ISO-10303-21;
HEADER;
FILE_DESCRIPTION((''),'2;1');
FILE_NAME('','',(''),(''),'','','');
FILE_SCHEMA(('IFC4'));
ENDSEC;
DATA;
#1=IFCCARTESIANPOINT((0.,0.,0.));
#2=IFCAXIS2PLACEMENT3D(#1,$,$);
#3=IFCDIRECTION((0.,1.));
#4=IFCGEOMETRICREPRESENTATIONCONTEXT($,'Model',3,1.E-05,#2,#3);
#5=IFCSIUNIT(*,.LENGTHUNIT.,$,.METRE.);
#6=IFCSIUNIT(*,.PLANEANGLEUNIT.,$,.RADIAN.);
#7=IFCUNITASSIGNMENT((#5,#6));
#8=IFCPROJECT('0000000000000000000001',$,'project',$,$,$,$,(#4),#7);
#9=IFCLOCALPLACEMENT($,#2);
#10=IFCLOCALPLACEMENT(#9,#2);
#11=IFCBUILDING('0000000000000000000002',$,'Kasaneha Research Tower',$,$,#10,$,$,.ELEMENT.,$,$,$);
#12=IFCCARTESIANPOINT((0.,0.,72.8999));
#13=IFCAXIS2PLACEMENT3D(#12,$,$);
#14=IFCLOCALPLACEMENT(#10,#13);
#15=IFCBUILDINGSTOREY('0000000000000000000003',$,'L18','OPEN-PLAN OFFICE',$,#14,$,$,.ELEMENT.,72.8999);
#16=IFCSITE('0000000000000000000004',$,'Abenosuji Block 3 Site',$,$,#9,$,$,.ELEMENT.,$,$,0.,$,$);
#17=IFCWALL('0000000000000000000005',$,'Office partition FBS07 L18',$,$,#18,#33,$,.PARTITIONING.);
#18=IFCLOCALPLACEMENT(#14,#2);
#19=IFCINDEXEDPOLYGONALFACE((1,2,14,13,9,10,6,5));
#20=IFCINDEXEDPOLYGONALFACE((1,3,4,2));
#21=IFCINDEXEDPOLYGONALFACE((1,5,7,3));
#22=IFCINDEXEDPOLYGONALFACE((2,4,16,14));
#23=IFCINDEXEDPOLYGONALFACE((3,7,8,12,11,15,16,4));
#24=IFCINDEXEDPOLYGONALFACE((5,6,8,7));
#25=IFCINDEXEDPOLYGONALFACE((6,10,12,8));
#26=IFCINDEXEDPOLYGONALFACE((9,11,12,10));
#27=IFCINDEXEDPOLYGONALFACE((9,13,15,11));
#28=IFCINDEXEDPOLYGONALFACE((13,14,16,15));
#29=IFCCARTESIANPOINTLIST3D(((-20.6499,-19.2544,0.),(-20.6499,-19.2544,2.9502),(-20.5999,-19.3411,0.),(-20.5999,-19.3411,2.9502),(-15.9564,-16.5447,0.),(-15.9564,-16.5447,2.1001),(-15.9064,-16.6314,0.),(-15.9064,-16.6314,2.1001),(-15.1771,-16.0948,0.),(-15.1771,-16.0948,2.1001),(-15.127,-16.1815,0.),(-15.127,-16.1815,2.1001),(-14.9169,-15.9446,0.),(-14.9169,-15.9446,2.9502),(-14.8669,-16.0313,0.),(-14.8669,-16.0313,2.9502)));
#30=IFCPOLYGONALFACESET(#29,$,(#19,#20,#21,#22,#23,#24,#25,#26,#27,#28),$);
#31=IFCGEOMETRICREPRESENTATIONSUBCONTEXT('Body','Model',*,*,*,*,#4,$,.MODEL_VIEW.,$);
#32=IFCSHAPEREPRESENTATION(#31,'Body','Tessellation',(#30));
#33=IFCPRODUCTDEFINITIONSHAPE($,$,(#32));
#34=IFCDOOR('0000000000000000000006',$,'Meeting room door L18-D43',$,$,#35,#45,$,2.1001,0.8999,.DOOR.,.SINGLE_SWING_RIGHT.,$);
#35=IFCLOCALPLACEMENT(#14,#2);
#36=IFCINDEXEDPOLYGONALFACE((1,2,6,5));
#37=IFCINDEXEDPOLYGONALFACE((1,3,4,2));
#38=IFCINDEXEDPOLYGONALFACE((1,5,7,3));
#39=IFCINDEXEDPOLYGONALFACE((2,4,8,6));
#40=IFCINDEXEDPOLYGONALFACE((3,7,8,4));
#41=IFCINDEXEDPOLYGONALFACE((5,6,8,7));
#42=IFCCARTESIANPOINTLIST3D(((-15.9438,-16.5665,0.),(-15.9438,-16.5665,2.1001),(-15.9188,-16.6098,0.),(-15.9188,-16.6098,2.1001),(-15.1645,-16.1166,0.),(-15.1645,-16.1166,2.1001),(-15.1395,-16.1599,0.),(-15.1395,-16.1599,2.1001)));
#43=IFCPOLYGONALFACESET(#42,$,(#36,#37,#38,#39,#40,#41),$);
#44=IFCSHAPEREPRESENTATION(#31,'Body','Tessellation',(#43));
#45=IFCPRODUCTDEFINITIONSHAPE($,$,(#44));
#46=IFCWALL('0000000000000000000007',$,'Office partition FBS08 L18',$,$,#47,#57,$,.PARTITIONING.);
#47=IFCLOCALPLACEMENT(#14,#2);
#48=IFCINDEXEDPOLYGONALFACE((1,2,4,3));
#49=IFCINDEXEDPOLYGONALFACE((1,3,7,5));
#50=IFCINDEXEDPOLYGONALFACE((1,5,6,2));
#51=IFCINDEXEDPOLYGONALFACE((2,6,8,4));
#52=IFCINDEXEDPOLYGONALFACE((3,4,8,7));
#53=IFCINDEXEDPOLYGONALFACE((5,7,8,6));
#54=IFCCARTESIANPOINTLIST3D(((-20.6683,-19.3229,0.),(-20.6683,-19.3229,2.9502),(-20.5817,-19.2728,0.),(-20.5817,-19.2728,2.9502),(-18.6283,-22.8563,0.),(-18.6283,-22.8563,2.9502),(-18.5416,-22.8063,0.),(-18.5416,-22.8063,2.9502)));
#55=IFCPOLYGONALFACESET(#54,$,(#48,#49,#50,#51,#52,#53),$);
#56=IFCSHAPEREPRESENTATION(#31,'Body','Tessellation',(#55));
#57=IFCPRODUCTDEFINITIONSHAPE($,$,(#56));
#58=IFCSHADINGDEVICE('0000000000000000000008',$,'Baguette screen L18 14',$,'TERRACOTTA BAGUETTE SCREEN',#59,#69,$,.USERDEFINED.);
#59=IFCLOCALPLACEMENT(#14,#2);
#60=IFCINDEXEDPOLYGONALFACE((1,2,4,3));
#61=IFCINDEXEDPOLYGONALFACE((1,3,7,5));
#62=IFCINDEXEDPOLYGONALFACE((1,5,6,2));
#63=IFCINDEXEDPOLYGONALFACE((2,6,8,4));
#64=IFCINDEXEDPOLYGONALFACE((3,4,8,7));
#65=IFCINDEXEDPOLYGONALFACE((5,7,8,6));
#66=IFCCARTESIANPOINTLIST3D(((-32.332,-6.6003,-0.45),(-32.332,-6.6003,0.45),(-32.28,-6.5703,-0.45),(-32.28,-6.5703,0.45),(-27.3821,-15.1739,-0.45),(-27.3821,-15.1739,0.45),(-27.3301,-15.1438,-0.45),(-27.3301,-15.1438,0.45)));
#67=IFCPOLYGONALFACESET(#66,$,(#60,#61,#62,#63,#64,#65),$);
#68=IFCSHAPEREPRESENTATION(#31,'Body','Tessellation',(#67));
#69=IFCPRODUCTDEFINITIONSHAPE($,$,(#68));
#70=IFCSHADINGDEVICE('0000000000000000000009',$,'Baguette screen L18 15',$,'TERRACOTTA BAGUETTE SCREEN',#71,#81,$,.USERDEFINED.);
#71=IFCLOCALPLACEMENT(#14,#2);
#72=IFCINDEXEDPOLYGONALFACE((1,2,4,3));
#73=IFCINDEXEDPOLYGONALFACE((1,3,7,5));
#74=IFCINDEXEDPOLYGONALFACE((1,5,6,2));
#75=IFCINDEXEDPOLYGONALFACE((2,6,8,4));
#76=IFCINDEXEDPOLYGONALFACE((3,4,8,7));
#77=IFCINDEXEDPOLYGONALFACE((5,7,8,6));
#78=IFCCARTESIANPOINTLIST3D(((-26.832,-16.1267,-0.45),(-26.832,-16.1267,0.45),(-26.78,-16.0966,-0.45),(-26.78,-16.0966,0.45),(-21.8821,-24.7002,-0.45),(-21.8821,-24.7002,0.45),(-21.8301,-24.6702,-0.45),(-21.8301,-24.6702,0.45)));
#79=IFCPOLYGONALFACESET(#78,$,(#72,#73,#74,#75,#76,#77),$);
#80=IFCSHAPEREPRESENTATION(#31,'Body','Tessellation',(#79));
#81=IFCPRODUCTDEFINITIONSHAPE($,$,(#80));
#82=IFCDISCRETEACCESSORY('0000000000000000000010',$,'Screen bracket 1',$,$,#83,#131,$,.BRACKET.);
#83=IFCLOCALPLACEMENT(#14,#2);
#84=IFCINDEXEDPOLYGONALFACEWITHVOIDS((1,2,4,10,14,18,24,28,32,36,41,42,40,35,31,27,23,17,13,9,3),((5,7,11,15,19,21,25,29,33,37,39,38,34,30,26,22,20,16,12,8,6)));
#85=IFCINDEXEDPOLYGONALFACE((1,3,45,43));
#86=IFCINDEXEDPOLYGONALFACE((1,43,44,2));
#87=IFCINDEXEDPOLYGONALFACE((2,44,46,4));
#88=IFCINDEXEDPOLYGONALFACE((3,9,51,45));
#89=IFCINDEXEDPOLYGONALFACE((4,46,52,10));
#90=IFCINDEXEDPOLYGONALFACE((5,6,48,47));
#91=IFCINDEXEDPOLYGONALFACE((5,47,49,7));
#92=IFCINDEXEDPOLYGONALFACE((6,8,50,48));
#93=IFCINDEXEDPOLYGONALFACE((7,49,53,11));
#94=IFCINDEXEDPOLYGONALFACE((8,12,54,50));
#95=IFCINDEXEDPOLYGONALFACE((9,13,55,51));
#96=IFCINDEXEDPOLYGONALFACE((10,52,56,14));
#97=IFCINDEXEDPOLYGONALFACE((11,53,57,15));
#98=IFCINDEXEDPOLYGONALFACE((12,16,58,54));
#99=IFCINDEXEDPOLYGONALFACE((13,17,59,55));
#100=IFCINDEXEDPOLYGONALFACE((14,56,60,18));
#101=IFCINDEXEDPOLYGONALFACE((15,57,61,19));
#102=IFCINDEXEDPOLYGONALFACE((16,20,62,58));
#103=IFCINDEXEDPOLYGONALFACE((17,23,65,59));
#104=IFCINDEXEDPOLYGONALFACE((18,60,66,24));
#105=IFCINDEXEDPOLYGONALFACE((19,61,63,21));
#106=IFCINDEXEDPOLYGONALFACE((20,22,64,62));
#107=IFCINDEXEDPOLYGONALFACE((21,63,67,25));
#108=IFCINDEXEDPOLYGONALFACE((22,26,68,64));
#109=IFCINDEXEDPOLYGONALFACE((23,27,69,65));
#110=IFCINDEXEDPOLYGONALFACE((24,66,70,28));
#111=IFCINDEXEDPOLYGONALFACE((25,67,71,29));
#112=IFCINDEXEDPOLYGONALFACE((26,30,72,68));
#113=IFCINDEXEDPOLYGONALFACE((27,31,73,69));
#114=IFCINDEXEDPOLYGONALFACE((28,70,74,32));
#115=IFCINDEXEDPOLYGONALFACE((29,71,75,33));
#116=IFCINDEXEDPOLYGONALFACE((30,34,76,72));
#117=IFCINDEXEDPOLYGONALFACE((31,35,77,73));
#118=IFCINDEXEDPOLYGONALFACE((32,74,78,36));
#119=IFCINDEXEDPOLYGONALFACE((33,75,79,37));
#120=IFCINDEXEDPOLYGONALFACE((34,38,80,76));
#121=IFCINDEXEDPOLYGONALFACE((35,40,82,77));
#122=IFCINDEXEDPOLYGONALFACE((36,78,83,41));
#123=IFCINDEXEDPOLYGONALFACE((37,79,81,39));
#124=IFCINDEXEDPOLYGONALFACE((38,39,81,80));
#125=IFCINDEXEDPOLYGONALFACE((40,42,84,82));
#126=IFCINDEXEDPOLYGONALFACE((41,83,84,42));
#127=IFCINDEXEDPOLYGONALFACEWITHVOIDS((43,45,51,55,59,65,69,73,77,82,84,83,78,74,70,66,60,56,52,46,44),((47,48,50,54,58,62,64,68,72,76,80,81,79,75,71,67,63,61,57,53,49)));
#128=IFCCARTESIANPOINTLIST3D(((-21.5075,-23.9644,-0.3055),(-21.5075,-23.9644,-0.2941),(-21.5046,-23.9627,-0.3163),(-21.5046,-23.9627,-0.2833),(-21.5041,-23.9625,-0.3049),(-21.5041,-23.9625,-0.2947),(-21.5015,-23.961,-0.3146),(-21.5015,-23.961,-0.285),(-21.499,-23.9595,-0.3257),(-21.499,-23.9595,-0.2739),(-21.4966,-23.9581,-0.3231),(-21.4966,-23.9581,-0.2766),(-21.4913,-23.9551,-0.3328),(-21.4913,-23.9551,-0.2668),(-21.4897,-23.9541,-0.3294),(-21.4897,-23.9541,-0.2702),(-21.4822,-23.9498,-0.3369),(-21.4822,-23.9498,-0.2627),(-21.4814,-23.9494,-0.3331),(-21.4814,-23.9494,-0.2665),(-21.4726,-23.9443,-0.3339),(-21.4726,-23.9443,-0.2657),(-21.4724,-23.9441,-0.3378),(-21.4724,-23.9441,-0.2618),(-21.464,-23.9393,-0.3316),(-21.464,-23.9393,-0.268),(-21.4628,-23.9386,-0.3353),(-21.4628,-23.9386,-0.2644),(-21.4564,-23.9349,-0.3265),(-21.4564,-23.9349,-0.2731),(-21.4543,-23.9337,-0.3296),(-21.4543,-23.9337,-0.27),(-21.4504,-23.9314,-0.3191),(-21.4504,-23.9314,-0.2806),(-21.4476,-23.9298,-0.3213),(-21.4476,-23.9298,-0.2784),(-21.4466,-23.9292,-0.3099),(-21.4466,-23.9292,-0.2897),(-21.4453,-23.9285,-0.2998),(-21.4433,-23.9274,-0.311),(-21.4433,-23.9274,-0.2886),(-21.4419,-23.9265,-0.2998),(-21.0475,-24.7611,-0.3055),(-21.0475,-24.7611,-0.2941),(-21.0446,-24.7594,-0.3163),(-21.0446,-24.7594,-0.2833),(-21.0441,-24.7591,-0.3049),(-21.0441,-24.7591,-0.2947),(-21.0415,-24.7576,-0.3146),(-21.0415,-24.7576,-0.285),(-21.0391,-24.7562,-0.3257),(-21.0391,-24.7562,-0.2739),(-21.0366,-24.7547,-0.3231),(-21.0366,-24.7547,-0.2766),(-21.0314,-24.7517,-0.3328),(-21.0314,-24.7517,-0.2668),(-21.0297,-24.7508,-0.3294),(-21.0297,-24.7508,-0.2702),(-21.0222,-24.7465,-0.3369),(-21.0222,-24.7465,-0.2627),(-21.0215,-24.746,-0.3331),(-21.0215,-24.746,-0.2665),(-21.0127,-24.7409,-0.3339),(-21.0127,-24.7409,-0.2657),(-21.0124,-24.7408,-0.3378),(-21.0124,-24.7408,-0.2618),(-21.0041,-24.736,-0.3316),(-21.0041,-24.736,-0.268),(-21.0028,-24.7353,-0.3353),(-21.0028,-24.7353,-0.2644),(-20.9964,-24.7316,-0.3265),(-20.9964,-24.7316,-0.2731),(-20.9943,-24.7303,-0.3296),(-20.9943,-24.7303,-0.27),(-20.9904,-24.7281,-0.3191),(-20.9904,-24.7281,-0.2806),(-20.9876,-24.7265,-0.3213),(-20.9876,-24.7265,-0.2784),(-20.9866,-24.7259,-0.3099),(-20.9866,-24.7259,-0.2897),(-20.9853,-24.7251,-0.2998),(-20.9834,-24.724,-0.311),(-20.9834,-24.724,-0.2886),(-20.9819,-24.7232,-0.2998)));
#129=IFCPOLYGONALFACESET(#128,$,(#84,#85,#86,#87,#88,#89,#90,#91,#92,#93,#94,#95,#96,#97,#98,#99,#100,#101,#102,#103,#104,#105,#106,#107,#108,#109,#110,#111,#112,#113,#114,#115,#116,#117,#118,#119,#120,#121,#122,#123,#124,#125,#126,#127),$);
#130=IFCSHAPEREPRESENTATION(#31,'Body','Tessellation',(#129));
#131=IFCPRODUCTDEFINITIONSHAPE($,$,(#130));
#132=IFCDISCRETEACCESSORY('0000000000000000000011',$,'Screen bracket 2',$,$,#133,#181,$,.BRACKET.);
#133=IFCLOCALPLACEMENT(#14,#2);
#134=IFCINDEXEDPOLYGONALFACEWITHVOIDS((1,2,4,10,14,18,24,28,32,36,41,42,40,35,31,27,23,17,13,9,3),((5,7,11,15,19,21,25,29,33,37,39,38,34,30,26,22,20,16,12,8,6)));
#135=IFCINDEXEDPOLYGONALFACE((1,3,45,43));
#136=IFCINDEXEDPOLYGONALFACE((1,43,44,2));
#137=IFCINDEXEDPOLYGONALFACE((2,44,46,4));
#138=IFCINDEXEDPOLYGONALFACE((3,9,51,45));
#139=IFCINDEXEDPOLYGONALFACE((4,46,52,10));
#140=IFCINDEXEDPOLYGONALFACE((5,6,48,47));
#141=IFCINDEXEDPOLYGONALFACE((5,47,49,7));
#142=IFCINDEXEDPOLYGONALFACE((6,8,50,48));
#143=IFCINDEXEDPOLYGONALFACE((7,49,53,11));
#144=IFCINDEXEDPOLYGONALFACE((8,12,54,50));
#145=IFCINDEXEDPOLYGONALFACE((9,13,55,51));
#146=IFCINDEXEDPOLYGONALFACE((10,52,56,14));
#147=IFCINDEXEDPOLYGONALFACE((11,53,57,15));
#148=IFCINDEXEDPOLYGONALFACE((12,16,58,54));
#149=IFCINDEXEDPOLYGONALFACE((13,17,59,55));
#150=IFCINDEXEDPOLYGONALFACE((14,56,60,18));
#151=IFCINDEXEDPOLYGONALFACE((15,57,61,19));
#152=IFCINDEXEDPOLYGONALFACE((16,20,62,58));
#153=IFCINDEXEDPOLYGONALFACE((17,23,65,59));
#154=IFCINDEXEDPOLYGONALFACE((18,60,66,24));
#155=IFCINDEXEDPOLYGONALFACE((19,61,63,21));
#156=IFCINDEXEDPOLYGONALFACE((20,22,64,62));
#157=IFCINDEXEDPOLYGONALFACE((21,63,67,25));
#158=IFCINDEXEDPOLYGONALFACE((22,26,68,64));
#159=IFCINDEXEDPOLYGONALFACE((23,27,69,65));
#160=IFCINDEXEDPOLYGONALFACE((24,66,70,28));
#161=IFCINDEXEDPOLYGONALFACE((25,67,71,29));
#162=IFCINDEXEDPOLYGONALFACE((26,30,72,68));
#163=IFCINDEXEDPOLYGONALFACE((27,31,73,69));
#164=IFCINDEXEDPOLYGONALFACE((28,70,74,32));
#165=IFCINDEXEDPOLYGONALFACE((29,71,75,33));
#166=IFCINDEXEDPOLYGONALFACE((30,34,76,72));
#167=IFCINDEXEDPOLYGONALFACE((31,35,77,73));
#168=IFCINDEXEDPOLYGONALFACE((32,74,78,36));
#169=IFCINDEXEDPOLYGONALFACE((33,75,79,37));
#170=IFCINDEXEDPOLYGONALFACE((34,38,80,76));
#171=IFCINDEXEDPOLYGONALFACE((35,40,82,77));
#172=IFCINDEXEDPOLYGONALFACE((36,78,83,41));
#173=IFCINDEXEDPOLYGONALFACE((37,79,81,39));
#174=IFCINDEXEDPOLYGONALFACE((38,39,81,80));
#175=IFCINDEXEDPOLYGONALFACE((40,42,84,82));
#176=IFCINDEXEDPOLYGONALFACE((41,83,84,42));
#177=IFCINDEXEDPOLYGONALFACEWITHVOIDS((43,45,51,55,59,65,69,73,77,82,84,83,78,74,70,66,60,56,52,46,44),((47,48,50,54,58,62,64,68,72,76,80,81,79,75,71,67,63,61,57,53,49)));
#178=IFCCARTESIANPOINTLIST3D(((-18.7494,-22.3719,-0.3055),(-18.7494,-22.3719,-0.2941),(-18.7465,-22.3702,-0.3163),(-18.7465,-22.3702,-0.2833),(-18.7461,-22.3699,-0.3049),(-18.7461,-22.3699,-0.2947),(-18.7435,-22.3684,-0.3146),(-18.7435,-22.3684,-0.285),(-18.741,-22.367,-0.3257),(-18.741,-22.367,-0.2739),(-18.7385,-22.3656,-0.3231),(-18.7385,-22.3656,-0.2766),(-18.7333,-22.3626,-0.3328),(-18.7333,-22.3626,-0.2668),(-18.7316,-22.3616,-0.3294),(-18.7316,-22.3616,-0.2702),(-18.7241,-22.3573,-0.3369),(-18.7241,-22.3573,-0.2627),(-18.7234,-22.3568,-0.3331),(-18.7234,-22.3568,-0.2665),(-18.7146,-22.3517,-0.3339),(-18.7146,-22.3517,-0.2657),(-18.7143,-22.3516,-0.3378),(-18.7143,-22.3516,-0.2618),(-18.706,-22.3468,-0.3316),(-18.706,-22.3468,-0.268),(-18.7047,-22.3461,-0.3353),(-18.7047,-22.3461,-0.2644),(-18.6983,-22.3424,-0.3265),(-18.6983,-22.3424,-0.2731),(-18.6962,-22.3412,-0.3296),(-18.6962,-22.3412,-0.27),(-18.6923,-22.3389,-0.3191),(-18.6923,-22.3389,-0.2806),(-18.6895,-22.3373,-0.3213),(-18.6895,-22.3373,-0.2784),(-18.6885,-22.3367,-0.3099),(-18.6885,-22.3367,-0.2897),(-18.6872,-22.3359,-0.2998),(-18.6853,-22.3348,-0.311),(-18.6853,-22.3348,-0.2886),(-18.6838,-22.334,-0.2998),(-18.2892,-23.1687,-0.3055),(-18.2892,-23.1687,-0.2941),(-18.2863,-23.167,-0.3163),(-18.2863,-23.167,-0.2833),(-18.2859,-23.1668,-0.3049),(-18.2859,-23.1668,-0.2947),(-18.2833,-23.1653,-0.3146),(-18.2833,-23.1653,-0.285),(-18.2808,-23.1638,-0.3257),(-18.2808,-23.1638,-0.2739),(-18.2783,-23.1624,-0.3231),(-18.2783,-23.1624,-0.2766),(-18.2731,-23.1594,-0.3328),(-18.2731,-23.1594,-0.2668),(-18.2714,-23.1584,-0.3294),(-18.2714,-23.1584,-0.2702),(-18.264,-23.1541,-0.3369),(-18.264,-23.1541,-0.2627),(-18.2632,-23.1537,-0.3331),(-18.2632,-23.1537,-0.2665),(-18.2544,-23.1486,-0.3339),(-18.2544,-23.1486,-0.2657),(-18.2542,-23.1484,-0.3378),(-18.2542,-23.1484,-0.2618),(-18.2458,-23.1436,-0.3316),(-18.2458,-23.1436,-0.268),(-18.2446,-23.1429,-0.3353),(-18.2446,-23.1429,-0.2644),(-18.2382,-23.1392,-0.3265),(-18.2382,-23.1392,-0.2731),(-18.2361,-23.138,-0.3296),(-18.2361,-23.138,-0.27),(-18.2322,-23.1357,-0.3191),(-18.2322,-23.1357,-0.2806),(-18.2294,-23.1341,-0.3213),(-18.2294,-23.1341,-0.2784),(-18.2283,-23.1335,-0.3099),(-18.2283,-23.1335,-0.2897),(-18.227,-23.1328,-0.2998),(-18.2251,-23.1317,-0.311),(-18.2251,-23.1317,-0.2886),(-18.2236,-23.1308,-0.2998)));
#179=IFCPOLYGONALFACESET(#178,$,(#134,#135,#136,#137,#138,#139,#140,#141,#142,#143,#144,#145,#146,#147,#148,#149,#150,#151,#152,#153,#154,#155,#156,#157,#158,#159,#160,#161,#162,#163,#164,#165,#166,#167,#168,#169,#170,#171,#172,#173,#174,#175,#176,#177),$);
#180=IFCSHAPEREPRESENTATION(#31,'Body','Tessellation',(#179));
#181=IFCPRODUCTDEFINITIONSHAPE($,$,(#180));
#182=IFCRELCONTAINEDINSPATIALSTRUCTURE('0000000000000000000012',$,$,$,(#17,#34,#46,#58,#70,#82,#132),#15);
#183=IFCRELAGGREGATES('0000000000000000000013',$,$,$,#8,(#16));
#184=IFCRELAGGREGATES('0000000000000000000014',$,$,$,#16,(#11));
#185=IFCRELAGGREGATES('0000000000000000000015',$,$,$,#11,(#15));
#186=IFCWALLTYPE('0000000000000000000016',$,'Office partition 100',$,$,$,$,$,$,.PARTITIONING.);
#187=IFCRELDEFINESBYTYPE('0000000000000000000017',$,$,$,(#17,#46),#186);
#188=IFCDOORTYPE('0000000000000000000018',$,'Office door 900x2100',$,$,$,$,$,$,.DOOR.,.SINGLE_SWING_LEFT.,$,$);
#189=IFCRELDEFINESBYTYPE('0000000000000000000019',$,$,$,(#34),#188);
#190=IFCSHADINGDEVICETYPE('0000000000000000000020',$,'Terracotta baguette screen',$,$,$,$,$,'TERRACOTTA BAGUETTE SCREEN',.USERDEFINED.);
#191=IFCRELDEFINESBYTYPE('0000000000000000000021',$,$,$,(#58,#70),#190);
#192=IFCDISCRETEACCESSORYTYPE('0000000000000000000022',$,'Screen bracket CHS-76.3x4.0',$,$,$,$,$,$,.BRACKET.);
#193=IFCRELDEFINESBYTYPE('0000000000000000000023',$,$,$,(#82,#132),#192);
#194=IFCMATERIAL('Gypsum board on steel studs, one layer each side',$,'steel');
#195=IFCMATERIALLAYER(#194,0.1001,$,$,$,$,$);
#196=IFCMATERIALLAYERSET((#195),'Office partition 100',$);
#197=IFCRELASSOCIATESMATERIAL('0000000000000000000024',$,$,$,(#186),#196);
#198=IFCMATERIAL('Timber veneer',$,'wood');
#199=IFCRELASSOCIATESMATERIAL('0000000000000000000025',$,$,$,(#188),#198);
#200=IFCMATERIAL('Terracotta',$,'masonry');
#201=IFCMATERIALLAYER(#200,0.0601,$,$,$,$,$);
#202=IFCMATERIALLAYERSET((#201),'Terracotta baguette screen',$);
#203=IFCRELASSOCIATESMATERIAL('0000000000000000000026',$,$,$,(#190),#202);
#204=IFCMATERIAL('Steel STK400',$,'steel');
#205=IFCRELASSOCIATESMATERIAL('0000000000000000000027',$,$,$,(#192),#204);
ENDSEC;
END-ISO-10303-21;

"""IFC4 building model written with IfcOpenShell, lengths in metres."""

from ifc_helpers import new_model, si_unit, direction, frame, frame_2d, origin, origin_2d, place, context, subcontext, project, spatial, rectangle, hollow_circle, extrude, material, layer, layer_set, material_profile, profile_set, type_object, element, fill, save


model = new_model("IFC4")

# Units and contexts
model_context = context("Model", 3, precision=1e-05, world=origin(), true_north=direction((0.0, 1.0)))
body_context = subcontext(model_context, "Body", "Model", "MODEL_VIEW")
ifc_project = project(units=[si_unit("LENGTHUNIT", "METRE"), si_unit("PLANEANGLEUNIT", "RADIAN")], contexts=[model_context])

# Site, building, storey
site_placement = place(None, origin())
site = spatial("IfcSite", under=ifc_project, at=site_placement, Name="Abenosuji Block 3 Site", CompositionType="ELEMENT", RefElevation=0.0)
building_placement = place(site_placement, origin())
building = spatial("IfcBuilding", under=site, at=building_placement, Name="Kasaneha Research Tower", CompositionType="ELEMENT")
storey_placement = place(building_placement, frame((0.0, 0.0, 72.8999)))
storey = spatial("IfcBuildingStorey", under=building, at=storey_placement, Name="L18", Description="OPEN-PLAN OFFICE", CompositionType="ELEMENT", Elevation=72.8999)

# Shared definitions
ifc_material_1 = material(Name="Gypsum board on steel studs, one layer each side", Category="steel")
ifc_layer_1 = layer(ifc_material_1, 0.1001)
ifc_layer_set_1 = layer_set([ifc_layer_1], Name="Office partition 100")
wall_type = type_object("IfcWallType", Name="Office partition 100", PredefinedType="PARTITIONING", material=ifc_layer_set_1)

# Wall, opening, door
ifc_material_2 = material(Name="Timber veneer", Category="wood")
door_type = type_object("IfcDoorType", Name="Office door 900x2100", OperationType="SINGLE_SWING_LEFT", PredefinedType="DOOR", material=ifc_material_2)
wall_1_placement = place(storey_placement, frame((-20.625, -19.2979, 0.0), z_axis=(0.0, 0.0, 1.0), x_axis=(0.866031, 0.499991, 0.0)))
wall_1 = element("IfcWall", 1, at=wall_1_placement, inside=storey, type_object=wall_type, Name="Office partition FBS07 L18", PredefinedType="PARTITIONING", context=body_context, shape_type="SweptSolid", body=[
    extrude(rectangle(XDim=6.6199, YDim=0.1001, at=frame_2d((3.3101, 0.0))), origin(), (0.0, 0.0, 1.0), 2.9502),
])
opening_1_placement = place(wall_1_placement, frame((5.4197, 0.0, 0.0)))
opening_1 = element("IfcOpeningElement", 2, at=opening_1_placement, cuts=wall_1, PredefinedType="OPENING", context=body_context, shape_type="SweptSolid", body=[
    extrude(rectangle(XDim=0.8999, YDim=2.1001, at=frame_2d((0.45, 1.05))), frame((0.0, 0.0601, 0.0), z_axis=(0.0, -1.0, 0.0), x_axis=(1.0, 0.0, 0.0)), (0.0, 0.0, 1.0), 0.1201),
])
door_1_placement = place(opening_1_placement, origin())
door_1 = element("IfcDoor", 3, at=door_1_placement, inside=storey, type_object=door_type, Name="Meeting room door L18-D43", OperationType="SINGLE_SWING_RIGHT", OverallHeight=2.1001, OverallWidth=0.8999, PredefinedType="DOOR", context=body_context, shape_type="SweptSolid", body=[
    extrude(rectangle(XDim=0.8999, YDim=2.1001, at=frame_2d((0.45, 1.05))), frame((0.0, 0.0249, 0.0), z_axis=(0.0, -1.0, 0.0), x_axis=(1.0, 0.0, 0.0)), (0.0, 0.0, 1.0), 0.05),
])
fill(opening_1, door_1)

# Wall
wall_2_placement = place(storey_placement, frame((-18.585, -22.8313, 0.0), z_axis=(0.0, 0.0, 1.0), x_axis=(-0.5, 0.866025, 0.0)))
element("IfcWall", 4, at=wall_2_placement, inside=storey, type_object=wall_type, Name="Office partition FBS08 L18", PredefinedType="PARTITIONING", context=body_context, shape_type="SweptSolid", body=[
    extrude(rectangle(XDim=4.0801, YDim=0.1001, at=frame_2d((2.04, 0.0))), origin(), (0.0, 0.0, 1.0), 2.9502),
])

# Shading devices
ifc_material_3 = material(Name="Terracotta", Category="masonry")
ifc_layer_2 = layer(ifc_material_3, 0.0601)
ifc_layer_set_2 = layer_set([ifc_layer_2], Name="Terracotta baguette screen")
shading_device_type = type_object("IfcShadingDeviceType", Name="Terracotta baguette screen", ElementType="TERRACOTTA BAGUETTE SCREEN", PredefinedType="USERDEFINED", material=ifc_layer_set_2)
for number, where, z_axis, x_axis, name in (
    (5, (-29.8311, -10.8721, -0.45), (0.0, 0.0, 1.0), (0.5, -0.866025, 0.0), "Baguette screen L18 14"),
    (6, (-24.3311, -20.3984, -0.45), (0.0, 0.0, 1.0), (0.5, -0.866025, 0.0), "Baguette screen L18 15"),
):
    element("IfcShadingDevice", number, at=place(storey_placement, frame(where, z_axis=z_axis, x_axis=x_axis)), inside=storey, type_object=shading_device_type, Name=name, ObjectType="TERRACOTTA BAGUETTE SCREEN", PredefinedType="USERDEFINED", context=body_context, shape_type="SweptSolid", body=[
        extrude(rectangle(XDim=9.8999, YDim=0.0601, at=origin_2d()), origin(), (0.0, 0.0, 1.0), 0.8999),
    ])

# Discrete accessories
ifc_material_4 = material(Name="Steel STK400", Category="steel")
ifc_material_profile_1 = material_profile(ifc_material_4, hollow_circle(Radius=0.0381, WallThickness=0.0039, at=origin_2d()), Name="CHS-76.3x4.0")
ifc_profile_set_1 = profile_set([ifc_material_profile_1], Name="Steel STK400")
discrete_accessory_type = type_object("IfcDiscreteAccessoryType", Name="Screen bracket CHS-76.3x4.0", PredefinedType="BRACKET", material=ifc_profile_set_1)
discrete_accessory_1_placement = place(storey_placement, frame((-21.4749, -23.9456, -0.2998), z_axis=(0.500021, -0.866013, 0.0), x_axis=(0.866013, 0.500021, 0.0)))
element("IfcDiscreteAccessory", 7, at=discrete_accessory_1_placement, inside=storey, type_object=discrete_accessory_type, Name="Screen bracket 1", PredefinedType="BRACKET", context=body_context, shape_type="SweptSolid", body=[
    extrude(hollow_circle(Radius=0.0381, WallThickness=0.0039, at=origin_2d()), origin(), (0.0, 0.0, 1.0), 0.9199),
])
for number, where, z_axis, x_axis, name in (
    (8, (-18.7168, -22.353, -0.2998), (0.500105, -0.865965, 0.0), (0.865965, 0.500105, 0.0), "Screen bracket 2"),
):
    element("IfcDiscreteAccessory", number, at=place(storey_placement, frame(where, z_axis=z_axis, x_axis=x_axis)), inside=storey, type_object=discrete_accessory_type, Name=name, PredefinedType="BRACKET", context=body_context, shape_type="SweptSolid", body=[
        extrude(hollow_circle(Radius=0.0381, WallThickness=0.0039, at=origin_2d()), origin(), (0.0, 0.0, 1.0), 0.9202),
    ])

save(model, "model.ifc")
